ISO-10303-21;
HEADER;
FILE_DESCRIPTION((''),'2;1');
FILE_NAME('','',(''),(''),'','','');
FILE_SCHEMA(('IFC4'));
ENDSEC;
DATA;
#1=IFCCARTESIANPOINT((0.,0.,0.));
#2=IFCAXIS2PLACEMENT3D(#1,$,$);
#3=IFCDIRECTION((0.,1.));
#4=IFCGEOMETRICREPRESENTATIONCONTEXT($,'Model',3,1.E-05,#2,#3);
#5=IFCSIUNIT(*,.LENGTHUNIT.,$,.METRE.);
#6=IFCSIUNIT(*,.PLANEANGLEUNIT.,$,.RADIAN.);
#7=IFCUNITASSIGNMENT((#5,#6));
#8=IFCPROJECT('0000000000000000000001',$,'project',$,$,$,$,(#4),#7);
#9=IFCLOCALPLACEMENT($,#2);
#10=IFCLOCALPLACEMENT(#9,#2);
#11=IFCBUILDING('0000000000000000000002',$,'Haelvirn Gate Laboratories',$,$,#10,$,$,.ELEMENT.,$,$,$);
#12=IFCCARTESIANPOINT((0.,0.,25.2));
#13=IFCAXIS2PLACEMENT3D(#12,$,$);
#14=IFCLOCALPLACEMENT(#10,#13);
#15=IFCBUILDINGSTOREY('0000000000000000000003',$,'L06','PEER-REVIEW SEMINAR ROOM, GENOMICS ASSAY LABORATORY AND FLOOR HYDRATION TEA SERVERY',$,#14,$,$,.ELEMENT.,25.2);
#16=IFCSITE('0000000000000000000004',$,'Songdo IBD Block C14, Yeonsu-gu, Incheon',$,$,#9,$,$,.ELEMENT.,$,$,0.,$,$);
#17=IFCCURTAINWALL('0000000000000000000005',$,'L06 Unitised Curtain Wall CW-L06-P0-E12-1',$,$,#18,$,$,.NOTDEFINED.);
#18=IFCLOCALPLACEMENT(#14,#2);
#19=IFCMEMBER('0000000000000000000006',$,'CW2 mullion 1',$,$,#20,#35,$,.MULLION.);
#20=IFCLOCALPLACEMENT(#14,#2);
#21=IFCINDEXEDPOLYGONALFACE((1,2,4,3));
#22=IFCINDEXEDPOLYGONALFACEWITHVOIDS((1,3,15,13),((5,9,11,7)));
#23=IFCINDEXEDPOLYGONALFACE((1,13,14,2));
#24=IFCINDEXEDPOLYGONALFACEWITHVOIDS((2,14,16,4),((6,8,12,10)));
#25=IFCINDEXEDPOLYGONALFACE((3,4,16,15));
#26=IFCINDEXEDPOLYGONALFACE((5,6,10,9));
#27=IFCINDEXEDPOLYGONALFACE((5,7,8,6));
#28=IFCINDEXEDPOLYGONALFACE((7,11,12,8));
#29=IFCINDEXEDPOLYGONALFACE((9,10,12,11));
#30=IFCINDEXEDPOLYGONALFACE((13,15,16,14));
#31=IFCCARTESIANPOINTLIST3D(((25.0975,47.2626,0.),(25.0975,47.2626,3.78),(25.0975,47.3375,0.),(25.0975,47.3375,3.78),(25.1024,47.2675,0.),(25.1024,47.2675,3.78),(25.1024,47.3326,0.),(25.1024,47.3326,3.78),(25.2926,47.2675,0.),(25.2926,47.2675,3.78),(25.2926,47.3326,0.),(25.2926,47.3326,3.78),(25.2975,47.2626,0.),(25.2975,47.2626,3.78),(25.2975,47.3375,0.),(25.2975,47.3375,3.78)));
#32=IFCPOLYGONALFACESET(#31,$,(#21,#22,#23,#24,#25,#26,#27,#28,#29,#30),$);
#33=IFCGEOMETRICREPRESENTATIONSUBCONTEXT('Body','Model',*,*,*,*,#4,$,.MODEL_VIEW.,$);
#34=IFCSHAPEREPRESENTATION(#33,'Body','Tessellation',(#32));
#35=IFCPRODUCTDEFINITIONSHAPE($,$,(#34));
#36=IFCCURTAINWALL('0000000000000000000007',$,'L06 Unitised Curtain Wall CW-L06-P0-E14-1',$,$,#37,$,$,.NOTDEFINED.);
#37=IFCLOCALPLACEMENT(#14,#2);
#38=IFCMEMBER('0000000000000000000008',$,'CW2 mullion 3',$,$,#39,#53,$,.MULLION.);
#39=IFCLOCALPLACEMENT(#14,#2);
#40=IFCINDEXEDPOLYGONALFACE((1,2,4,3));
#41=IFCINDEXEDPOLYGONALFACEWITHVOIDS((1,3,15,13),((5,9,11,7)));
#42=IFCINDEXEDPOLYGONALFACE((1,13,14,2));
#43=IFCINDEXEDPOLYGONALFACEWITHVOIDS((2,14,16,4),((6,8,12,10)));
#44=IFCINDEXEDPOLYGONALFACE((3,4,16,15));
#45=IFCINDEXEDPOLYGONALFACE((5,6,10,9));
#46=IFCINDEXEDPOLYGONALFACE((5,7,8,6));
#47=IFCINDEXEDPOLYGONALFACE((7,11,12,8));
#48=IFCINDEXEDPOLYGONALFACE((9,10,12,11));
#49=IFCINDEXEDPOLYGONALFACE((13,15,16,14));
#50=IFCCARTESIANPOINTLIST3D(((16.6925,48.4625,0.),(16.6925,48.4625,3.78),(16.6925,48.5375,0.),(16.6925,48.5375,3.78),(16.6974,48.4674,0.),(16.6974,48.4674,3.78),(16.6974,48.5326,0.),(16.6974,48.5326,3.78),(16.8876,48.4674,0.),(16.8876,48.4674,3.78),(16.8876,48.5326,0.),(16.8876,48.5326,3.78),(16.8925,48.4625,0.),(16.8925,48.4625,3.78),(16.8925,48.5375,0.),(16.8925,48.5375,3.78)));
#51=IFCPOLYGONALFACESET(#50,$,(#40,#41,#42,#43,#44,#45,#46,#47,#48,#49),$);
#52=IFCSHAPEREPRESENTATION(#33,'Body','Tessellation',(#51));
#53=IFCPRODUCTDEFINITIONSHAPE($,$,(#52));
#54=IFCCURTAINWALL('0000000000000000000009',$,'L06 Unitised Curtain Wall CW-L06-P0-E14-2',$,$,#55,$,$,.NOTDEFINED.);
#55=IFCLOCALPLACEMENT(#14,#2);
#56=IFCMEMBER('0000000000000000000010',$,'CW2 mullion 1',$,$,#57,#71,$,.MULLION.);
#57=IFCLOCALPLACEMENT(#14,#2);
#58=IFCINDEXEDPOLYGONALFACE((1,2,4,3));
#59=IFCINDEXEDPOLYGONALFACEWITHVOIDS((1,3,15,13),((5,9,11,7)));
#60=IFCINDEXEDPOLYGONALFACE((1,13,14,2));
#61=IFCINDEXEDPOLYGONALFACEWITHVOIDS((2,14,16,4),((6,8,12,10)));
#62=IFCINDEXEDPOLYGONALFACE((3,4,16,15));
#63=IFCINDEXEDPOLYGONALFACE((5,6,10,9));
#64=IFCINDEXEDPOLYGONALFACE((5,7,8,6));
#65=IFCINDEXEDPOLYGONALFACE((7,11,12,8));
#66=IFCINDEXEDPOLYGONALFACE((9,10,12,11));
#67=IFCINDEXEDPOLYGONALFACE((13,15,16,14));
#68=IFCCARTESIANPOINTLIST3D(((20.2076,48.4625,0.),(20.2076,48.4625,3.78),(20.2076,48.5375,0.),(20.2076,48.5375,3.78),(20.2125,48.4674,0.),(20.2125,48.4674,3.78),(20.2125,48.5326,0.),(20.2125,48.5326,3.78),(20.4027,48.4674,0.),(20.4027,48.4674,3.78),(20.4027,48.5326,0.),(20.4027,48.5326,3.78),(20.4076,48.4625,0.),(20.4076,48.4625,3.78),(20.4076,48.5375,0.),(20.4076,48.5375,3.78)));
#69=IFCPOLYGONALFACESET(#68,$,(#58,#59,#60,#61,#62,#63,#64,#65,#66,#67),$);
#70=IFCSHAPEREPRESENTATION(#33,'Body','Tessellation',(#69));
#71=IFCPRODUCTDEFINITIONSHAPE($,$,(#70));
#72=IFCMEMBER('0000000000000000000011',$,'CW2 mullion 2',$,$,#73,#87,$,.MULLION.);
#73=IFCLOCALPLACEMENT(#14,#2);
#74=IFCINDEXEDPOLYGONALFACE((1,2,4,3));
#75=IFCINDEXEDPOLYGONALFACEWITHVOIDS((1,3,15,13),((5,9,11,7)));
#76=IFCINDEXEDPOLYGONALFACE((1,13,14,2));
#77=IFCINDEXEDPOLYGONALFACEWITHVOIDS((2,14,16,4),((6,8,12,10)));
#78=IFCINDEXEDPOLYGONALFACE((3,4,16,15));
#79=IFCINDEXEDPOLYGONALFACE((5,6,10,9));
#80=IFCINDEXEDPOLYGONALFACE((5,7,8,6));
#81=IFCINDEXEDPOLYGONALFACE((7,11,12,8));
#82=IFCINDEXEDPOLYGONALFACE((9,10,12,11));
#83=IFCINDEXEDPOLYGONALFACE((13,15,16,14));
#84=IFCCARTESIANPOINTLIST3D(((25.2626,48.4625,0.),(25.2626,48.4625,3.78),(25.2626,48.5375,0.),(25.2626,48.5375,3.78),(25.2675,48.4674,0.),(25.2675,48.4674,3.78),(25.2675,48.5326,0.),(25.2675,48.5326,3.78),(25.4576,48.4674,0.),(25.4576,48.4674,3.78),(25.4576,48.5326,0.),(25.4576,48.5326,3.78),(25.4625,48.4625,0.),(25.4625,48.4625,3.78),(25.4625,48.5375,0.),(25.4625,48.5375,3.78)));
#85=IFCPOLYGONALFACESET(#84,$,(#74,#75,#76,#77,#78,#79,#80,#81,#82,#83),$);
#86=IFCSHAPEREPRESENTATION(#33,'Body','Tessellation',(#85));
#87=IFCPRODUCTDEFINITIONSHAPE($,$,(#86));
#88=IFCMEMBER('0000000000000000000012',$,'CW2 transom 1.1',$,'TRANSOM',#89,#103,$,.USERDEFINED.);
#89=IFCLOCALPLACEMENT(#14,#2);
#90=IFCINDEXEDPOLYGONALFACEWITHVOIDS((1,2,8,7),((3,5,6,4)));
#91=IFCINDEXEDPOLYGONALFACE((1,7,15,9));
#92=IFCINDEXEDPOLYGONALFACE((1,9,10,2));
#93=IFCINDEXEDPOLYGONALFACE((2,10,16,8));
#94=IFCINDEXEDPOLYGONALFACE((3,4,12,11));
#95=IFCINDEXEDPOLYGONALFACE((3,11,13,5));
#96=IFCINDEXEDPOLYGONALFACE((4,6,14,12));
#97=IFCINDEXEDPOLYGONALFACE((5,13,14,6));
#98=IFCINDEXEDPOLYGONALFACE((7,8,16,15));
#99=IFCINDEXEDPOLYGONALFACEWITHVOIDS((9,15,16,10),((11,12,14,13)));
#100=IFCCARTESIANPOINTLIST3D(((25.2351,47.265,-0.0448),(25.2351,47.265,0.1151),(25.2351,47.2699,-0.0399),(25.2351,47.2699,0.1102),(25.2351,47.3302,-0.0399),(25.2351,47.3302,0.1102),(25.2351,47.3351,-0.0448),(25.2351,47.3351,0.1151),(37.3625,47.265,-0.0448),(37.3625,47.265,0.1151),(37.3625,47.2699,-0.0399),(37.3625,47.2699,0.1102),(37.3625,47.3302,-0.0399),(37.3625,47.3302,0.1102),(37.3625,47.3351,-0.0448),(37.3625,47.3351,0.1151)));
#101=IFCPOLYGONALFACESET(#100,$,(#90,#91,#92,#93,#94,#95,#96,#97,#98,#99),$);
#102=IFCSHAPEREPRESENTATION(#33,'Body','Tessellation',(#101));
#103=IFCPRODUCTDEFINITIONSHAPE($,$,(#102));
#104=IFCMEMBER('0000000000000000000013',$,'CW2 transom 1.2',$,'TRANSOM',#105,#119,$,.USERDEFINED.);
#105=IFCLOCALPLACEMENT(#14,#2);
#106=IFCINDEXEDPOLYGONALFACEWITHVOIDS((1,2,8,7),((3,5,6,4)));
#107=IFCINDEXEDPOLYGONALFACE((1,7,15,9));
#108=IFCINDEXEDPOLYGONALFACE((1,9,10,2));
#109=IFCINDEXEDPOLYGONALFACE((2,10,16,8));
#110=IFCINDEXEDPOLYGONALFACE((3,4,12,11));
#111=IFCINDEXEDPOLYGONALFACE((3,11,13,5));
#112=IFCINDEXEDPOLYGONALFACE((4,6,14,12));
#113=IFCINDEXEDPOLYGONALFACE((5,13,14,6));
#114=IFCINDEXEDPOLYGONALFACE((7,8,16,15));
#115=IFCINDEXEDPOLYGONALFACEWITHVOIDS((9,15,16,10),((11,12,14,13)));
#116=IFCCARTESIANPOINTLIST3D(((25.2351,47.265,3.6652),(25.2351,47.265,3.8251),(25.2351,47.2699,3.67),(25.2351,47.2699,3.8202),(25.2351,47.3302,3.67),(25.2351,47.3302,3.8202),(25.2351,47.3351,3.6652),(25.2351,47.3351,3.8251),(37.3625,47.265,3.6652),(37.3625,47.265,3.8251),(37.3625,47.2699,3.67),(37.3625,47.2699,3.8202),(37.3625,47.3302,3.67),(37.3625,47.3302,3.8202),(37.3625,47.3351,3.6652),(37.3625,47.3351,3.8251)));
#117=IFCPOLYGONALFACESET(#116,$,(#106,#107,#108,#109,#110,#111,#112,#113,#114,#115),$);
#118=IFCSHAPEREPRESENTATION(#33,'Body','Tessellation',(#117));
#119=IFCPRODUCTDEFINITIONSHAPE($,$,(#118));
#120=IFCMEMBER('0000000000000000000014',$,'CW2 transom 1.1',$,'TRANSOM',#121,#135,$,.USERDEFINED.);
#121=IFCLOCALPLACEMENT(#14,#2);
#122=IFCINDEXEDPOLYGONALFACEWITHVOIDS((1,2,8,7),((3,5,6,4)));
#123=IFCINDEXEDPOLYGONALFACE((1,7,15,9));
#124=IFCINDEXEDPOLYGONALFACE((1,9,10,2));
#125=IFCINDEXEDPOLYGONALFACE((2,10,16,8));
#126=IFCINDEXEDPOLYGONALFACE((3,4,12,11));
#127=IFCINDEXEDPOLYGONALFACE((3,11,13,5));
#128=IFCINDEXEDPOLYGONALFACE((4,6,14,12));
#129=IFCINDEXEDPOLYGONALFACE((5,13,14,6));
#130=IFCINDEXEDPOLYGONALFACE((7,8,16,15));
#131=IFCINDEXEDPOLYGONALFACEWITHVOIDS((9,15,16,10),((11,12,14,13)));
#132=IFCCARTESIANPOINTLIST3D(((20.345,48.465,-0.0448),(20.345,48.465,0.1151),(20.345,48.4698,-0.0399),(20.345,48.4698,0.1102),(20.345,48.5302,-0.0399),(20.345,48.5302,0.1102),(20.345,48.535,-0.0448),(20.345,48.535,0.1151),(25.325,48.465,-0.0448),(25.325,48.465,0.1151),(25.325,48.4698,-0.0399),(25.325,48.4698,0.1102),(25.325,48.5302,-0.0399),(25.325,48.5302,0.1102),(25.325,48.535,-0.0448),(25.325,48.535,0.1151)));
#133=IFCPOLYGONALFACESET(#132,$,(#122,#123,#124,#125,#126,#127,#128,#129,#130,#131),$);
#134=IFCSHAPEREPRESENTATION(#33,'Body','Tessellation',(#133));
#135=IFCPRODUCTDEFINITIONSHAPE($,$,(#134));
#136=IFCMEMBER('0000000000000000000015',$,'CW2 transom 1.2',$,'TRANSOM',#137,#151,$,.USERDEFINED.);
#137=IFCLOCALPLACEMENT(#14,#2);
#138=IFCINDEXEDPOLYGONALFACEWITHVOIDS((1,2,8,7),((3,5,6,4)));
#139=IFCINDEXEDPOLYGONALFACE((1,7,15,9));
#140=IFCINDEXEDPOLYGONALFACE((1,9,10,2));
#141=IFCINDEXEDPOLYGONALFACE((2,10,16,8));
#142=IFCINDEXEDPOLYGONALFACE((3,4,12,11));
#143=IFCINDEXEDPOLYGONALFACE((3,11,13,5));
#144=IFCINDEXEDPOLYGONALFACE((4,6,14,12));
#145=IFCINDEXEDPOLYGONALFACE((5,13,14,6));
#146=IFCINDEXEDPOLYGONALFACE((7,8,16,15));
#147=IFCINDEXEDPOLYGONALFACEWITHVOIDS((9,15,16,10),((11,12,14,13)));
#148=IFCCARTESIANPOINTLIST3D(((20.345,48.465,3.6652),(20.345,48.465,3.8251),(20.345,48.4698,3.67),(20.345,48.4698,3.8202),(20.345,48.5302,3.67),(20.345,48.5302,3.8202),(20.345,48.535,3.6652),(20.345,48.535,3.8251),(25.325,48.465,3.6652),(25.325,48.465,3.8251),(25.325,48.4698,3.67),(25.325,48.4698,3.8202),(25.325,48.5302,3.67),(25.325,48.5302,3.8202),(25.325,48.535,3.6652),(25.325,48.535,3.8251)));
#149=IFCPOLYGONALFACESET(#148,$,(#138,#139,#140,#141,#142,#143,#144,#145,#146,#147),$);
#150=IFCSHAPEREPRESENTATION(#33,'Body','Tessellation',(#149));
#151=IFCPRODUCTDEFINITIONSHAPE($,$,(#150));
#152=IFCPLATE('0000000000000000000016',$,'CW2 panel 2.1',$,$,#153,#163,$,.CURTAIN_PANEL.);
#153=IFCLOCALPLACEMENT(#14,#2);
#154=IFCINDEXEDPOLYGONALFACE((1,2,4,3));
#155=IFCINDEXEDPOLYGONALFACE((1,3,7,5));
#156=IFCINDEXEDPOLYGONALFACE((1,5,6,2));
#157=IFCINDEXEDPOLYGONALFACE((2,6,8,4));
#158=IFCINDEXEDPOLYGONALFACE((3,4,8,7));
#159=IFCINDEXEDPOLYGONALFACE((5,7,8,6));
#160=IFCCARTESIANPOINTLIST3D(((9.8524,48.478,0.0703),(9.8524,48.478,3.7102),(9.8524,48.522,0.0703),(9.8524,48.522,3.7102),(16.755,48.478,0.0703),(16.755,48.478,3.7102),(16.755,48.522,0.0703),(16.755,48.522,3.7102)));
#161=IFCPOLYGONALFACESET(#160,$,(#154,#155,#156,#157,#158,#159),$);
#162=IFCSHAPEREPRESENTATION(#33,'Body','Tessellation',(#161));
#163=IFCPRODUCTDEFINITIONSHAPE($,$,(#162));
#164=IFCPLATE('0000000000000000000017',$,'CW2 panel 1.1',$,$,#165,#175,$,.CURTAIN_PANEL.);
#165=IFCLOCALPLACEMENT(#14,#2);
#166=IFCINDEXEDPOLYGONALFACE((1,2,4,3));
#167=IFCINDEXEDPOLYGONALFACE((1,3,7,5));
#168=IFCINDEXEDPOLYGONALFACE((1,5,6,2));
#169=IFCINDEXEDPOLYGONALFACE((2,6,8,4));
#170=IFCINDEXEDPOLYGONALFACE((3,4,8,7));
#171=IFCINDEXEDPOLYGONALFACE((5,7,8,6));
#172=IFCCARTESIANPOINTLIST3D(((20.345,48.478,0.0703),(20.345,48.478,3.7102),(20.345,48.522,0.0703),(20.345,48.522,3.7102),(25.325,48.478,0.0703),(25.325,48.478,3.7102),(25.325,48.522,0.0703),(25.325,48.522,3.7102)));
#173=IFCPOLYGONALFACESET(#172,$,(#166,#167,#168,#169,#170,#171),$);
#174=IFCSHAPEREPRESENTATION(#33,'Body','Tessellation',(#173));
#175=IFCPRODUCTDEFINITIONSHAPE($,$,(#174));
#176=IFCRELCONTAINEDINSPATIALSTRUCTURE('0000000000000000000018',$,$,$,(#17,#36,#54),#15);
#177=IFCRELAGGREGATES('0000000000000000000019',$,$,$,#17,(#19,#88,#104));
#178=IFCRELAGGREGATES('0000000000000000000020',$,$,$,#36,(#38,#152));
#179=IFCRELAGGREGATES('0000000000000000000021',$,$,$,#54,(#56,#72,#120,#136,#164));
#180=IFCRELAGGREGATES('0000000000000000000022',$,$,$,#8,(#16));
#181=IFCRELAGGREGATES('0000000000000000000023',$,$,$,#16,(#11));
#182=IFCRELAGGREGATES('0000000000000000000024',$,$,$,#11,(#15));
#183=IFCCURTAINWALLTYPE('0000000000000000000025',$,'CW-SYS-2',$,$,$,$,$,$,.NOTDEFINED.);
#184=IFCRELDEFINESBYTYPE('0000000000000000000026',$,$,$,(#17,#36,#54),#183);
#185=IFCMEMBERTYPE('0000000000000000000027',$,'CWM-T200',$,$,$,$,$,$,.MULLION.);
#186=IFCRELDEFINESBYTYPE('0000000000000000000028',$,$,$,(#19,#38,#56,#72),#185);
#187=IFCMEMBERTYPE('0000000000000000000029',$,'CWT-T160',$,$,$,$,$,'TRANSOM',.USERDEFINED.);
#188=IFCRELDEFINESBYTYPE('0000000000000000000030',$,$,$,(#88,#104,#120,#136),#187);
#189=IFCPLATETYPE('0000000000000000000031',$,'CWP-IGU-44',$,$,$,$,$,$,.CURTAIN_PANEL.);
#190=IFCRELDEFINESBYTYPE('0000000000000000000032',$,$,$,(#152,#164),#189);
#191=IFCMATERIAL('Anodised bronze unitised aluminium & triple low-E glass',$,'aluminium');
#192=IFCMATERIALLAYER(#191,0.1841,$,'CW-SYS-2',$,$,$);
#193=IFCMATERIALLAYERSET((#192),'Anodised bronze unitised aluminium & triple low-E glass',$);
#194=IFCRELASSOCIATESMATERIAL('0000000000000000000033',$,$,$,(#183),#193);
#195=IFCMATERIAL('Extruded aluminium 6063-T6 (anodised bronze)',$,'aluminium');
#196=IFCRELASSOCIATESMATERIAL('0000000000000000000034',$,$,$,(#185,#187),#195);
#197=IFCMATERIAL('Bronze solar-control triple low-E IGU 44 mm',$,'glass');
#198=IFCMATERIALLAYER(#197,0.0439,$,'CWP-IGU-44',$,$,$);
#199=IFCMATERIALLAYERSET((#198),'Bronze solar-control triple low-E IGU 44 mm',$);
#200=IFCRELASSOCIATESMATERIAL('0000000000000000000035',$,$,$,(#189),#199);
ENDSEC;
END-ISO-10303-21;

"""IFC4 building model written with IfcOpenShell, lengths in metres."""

from ifc_helpers import new_model, si_unit, direction, frame, origin, origin_2d, place, context, subcontext, project, spatial, rectangle, hollow_rectangle, extrude, source, transform, mapped, material, layer, layer_set, material_profile, profile_set, type_object, type_shapes, element, aggregate, save


model = new_model("IFC4")

# Units and contexts
model_context = context("Model", 3, precision=1e-05, world=origin(), true_north=direction((0.0, 1.0)))
body_context = subcontext(model_context, "Body", "Model", "MODEL_VIEW")
ifc_project = project(units=[si_unit("LENGTHUNIT", "METRE"), si_unit("PLANEANGLEUNIT", "RADIAN")], contexts=[model_context])

# Site, building, storey
site_placement = place(None, origin())
site = spatial("IfcSite", under=ifc_project, at=site_placement, Name="Songdo IBD Block C14, Yeonsu-gu, Incheon", CompositionType="ELEMENT", RefElevation=0.0)
building_placement = place(site_placement, origin())
building = spatial("IfcBuilding", under=site, at=building_placement, Name="Haelvirn Gate Laboratories", CompositionType="ELEMENT")
storey_placement = place(building_placement, frame((0.0, 0.0, 25.2)))
storey = spatial("IfcBuildingStorey", under=building, at=storey_placement, Name="L06", Description="PEER-REVIEW SEMINAR ROOM, GENOMICS ASSAY LABORATORY AND FLOOR HYDRATION TEA SERVERY", CompositionType="ELEMENT", Elevation=25.2)

# Curtain walls, members
ifc_material_1 = material(Name="Anodised bronze unitised aluminium & triple low-E glass", Category="aluminium")
ifc_layer_1 = layer(ifc_material_1, 0.1841, Name="CW-SYS-2")
ifc_layer_set_1 = layer_set([ifc_layer_1], Name="Anodised bronze unitised aluminium & triple low-E glass")
curtain_wall_type = type_object("IfcCurtainWallType", Name="CW-SYS-2", PredefinedType="NOTDEFINED", material=ifc_layer_set_1)
curtain_wall_1_placement = place(storey_placement, origin())
curtain_wall_1 = element("IfcCurtainWall", 1, at=curtain_wall_1_placement, inside=storey, type_object=curtain_wall_type, Name="L06 Unitised Curtain Wall CW-L06-P0-E12-1", PredefinedType="NOTDEFINED")
ifc_material_2 = material(Name="Extruded aluminium 6063-T6 (anodised bronze)", Category="aluminium")
ifc_material_profile_1 = material_profile(ifc_material_2, hollow_rectangle(XDim=0.075, YDim=0.2, WallThickness=0.0049, at=origin_2d()), Name="CWM-200x75x5")
ifc_profile_set_1 = profile_set([ifc_material_profile_1], Name="Extruded aluminium 6063-T6 (anodised bronze)")
member_type_1 = type_object("IfcMemberType", Name="CWM-T200", PredefinedType="MULLION", material=ifc_profile_set_1)
shared_shape_1 = source(origin(), body_context, "Body", "SweptSolid", [
    extrude(hollow_rectangle(XDim=0.075, YDim=0.2, WallThickness=0.0049, at=origin_2d()), origin(), (0.0, 0.0, 1.0), 3.78),
])
type_shapes(member_type_1, [shared_shape_1])
member_1_placement = place(storey_placement, frame((25.1975, 47.3, 0.0), z_axis=(0.0, 0.0, 1.0), x_axis=(0.0, 1.0, 0.0)))
member_1 = element("IfcMember", 2, at=member_1_placement, type_object=member_type_1, Name="CW2 mullion 1", PredefinedType="MULLION", context=body_context, shape_type="MappedRepresentation", body=[
    mapped(shared_shape_1, transform((0.0, 0.0, 0.0), scale=1.0)),
])
curtain_wall_2_placement = place(storey_placement, origin())
curtain_wall_2 = element("IfcCurtainWall", 3, at=curtain_wall_2_placement, inside=storey, type_object=curtain_wall_type, Name="L06 Unitised Curtain Wall CW-L06-P0-E14-1", PredefinedType="NOTDEFINED")
member_2_placement = place(storey_placement, frame((16.7925, 48.5, 0.0), z_axis=(0.0, 0.0, 1.0), x_axis=(0.0, 1.0, 0.0)))
member_2 = element("IfcMember", 4, at=member_2_placement, type_object=member_type_1, Name="CW2 mullion 3", PredefinedType="MULLION", context=body_context, shape_type="MappedRepresentation", body=[
    mapped(shared_shape_1, transform((0.0, 0.0, 0.0), scale=1.0)),
])

# Curtain wall, members
curtain_wall_3_placement = place(storey_placement, origin())
curtain_wall_3 = element("IfcCurtainWall", 5, at=curtain_wall_3_placement, inside=storey, type_object=curtain_wall_type, Name="L06 Unitised Curtain Wall CW-L06-P0-E14-2", PredefinedType="NOTDEFINED")
member_3_placement = place(storey_placement, frame((20.3076, 48.5, 0.0), z_axis=(0.0, 0.0, 1.0), x_axis=(0.0, 1.0, 0.0)))
member_3 = element("IfcMember", 6, at=member_3_placement, type_object=member_type_1, Name="CW2 mullion 1", PredefinedType="MULLION", context=body_context, shape_type="MappedRepresentation", body=[
    mapped(shared_shape_1, transform((0.0, 0.0, 0.0), scale=1.0)),
])
member_4_placement = place(storey_placement, frame((25.3625, 48.5, 0.0), z_axis=(0.0, 0.0, 1.0), x_axis=(0.0, 1.0, 0.0)))
member_4 = element("IfcMember", 7, at=member_4_placement, type_object=member_type_1, Name="CW2 mullion 2", PredefinedType="MULLION", context=body_context, shape_type="MappedRepresentation", body=[
    mapped(shared_shape_1, transform((0.0, 0.0, 0.0), scale=1.0)),
])

# Members
ifc_material_profile_2 = material_profile(ifc_material_2, hollow_rectangle(XDim=0.0701, YDim=0.1599, WallThickness=0.0049, at=origin_2d()), Name="CWT-160x70x5")
ifc_profile_set_2 = profile_set([ifc_material_profile_2], Name="Extruded aluminium 6063-T6 (anodised bronze)")
member_type_2 = type_object("IfcMemberType", Name="CWT-T160", ElementType="TRANSOM", PredefinedType="USERDEFINED", material=ifc_profile_set_2)
shared_shape_2 = source(origin(), body_context, "Body", "SweptSolid", [
    extrude(hollow_rectangle(XDim=0.0701, YDim=0.1599, WallThickness=0.0049, at=origin_2d()), origin(), (0.0, 0.0, 1.0), 12.1274),
])
member_5_placement = place(storey_placement, frame((25.2351, 47.3, 0.0352), z_axis=(1.0, 0.0, 0.0), x_axis=(0.0, 1.0, 0.0)))
member_5 = element("IfcMember", 8, at=member_5_placement, type_object=member_type_2, Name="CW2 transom 1.1", ObjectType="TRANSOM", PredefinedType="USERDEFINED", context=body_context, shape_type="MappedRepresentation", body=[
    mapped(shared_shape_2, transform((0.0, 0.0, 0.0), scale=1.0)),
])
member_6_placement = place(storey_placement, frame((25.2351, 47.3, 3.7451), z_axis=(1.0, 0.0, 0.0), x_axis=(0.0, 1.0, 0.0)))
member_6 = element("IfcMember", 9, at=member_6_placement, type_object=member_type_2, Name="CW2 transom 1.2", ObjectType="TRANSOM", PredefinedType="USERDEFINED", context=body_context, shape_type="MappedRepresentation", body=[
    mapped(shared_shape_2, transform((0.0, 0.0, 0.0), scale=1.0)),
])
aggregate(curtain_wall_1, [member_1, member_5, member_6])
shared_shape_3 = source(origin(), body_context, "Body", "SweptSolid", [
    extrude(hollow_rectangle(XDim=0.0701, YDim=0.1599, WallThickness=0.0049, at=origin_2d()), origin(), (0.0, 0.0, 1.0), 4.98),
])
type_shapes(member_type_2, [shared_shape_2, shared_shape_3])
member_7_placement = place(storey_placement, frame((20.345, 48.5, 0.0352), z_axis=(1.0, 0.0, 0.0), x_axis=(0.0, 1.0, 0.0)))
member_7 = element("IfcMember", 10, at=member_7_placement, type_object=member_type_2, Name="CW2 transom 1.1", ObjectType="TRANSOM", PredefinedType="USERDEFINED", context=body_context, shape_type="MappedRepresentation", body=[
    mapped(shared_shape_3, transform((0.0, 0.0, 0.0), scale=1.0)),
])
member_8_placement = place(storey_placement, frame((20.345, 48.5, 3.7451), z_axis=(1.0, 0.0, 0.0), x_axis=(0.0, 1.0, 0.0)))
member_8 = element("IfcMember", 11, at=member_8_placement, type_object=member_type_2, Name="CW2 transom 1.2", ObjectType="TRANSOM", PredefinedType="USERDEFINED", context=body_context, shape_type="MappedRepresentation", body=[
    mapped(shared_shape_3, transform((0.0, 0.0, 0.0), scale=1.0)),
])

# Plates
ifc_material_3 = material(Name="Bronze solar-control triple low-E IGU 44 mm", Category="glass")
ifc_layer_2 = layer(ifc_material_3, 0.0439, Name="CWP-IGU-44")
ifc_layer_set_2 = layer_set([ifc_layer_2], Name="Bronze solar-control triple low-E IGU 44 mm")
plate_type = type_object("IfcPlateType", Name="CWP-IGU-44", PredefinedType="CURTAIN_PANEL", material=ifc_layer_set_2)
shared_shape_4 = source(origin(), body_context, "Body", "SweptSolid", [
    extrude(rectangle(XDim=6.9026, YDim=0.0439, at=origin_2d()), origin(), (0.0, 0.0, 1.0), 3.6399),
])
plate_1_placement = place(storey_placement, frame((13.3037, 48.5, 0.0703), z_axis=(0.0, 0.0, 1.0), x_axis=(1.0, 0.0, 0.0)))
plate_1 = element("IfcPlate", 12, at=plate_1_placement, type_object=plate_type, Name="CW2 panel 2.1", PredefinedType="CURTAIN_PANEL", context=body_context, shape_type="MappedRepresentation", body=[
    mapped(shared_shape_4, transform((0.0, 0.0, 0.0), scale=1.0)),
])
aggregate(curtain_wall_2, [member_2, plate_1])
shared_shape_5 = source(origin(), body_context, "Body", "SweptSolid", [
    extrude(rectangle(XDim=4.98, YDim=0.0439, at=origin_2d()), origin(), (0.0, 0.0, 1.0), 3.6399),
])
type_shapes(plate_type, [shared_shape_4, shared_shape_5])
plate_2_placement = place(storey_placement, frame((22.835, 48.5, 0.0703), z_axis=(0.0, 0.0, 1.0), x_axis=(1.0, 0.0, 0.0)))
plate_2 = element("IfcPlate", 13, at=plate_2_placement, type_object=plate_type, Name="CW2 panel 1.1", PredefinedType="CURTAIN_PANEL", context=body_context, shape_type="MappedRepresentation", body=[
    mapped(shared_shape_5, transform((0.0, 0.0, 0.0), scale=1.0)),
])
aggregate(curtain_wall_3, [member_3, member_4, member_7, member_8, plate_2])

save(model, "model.ifc")
